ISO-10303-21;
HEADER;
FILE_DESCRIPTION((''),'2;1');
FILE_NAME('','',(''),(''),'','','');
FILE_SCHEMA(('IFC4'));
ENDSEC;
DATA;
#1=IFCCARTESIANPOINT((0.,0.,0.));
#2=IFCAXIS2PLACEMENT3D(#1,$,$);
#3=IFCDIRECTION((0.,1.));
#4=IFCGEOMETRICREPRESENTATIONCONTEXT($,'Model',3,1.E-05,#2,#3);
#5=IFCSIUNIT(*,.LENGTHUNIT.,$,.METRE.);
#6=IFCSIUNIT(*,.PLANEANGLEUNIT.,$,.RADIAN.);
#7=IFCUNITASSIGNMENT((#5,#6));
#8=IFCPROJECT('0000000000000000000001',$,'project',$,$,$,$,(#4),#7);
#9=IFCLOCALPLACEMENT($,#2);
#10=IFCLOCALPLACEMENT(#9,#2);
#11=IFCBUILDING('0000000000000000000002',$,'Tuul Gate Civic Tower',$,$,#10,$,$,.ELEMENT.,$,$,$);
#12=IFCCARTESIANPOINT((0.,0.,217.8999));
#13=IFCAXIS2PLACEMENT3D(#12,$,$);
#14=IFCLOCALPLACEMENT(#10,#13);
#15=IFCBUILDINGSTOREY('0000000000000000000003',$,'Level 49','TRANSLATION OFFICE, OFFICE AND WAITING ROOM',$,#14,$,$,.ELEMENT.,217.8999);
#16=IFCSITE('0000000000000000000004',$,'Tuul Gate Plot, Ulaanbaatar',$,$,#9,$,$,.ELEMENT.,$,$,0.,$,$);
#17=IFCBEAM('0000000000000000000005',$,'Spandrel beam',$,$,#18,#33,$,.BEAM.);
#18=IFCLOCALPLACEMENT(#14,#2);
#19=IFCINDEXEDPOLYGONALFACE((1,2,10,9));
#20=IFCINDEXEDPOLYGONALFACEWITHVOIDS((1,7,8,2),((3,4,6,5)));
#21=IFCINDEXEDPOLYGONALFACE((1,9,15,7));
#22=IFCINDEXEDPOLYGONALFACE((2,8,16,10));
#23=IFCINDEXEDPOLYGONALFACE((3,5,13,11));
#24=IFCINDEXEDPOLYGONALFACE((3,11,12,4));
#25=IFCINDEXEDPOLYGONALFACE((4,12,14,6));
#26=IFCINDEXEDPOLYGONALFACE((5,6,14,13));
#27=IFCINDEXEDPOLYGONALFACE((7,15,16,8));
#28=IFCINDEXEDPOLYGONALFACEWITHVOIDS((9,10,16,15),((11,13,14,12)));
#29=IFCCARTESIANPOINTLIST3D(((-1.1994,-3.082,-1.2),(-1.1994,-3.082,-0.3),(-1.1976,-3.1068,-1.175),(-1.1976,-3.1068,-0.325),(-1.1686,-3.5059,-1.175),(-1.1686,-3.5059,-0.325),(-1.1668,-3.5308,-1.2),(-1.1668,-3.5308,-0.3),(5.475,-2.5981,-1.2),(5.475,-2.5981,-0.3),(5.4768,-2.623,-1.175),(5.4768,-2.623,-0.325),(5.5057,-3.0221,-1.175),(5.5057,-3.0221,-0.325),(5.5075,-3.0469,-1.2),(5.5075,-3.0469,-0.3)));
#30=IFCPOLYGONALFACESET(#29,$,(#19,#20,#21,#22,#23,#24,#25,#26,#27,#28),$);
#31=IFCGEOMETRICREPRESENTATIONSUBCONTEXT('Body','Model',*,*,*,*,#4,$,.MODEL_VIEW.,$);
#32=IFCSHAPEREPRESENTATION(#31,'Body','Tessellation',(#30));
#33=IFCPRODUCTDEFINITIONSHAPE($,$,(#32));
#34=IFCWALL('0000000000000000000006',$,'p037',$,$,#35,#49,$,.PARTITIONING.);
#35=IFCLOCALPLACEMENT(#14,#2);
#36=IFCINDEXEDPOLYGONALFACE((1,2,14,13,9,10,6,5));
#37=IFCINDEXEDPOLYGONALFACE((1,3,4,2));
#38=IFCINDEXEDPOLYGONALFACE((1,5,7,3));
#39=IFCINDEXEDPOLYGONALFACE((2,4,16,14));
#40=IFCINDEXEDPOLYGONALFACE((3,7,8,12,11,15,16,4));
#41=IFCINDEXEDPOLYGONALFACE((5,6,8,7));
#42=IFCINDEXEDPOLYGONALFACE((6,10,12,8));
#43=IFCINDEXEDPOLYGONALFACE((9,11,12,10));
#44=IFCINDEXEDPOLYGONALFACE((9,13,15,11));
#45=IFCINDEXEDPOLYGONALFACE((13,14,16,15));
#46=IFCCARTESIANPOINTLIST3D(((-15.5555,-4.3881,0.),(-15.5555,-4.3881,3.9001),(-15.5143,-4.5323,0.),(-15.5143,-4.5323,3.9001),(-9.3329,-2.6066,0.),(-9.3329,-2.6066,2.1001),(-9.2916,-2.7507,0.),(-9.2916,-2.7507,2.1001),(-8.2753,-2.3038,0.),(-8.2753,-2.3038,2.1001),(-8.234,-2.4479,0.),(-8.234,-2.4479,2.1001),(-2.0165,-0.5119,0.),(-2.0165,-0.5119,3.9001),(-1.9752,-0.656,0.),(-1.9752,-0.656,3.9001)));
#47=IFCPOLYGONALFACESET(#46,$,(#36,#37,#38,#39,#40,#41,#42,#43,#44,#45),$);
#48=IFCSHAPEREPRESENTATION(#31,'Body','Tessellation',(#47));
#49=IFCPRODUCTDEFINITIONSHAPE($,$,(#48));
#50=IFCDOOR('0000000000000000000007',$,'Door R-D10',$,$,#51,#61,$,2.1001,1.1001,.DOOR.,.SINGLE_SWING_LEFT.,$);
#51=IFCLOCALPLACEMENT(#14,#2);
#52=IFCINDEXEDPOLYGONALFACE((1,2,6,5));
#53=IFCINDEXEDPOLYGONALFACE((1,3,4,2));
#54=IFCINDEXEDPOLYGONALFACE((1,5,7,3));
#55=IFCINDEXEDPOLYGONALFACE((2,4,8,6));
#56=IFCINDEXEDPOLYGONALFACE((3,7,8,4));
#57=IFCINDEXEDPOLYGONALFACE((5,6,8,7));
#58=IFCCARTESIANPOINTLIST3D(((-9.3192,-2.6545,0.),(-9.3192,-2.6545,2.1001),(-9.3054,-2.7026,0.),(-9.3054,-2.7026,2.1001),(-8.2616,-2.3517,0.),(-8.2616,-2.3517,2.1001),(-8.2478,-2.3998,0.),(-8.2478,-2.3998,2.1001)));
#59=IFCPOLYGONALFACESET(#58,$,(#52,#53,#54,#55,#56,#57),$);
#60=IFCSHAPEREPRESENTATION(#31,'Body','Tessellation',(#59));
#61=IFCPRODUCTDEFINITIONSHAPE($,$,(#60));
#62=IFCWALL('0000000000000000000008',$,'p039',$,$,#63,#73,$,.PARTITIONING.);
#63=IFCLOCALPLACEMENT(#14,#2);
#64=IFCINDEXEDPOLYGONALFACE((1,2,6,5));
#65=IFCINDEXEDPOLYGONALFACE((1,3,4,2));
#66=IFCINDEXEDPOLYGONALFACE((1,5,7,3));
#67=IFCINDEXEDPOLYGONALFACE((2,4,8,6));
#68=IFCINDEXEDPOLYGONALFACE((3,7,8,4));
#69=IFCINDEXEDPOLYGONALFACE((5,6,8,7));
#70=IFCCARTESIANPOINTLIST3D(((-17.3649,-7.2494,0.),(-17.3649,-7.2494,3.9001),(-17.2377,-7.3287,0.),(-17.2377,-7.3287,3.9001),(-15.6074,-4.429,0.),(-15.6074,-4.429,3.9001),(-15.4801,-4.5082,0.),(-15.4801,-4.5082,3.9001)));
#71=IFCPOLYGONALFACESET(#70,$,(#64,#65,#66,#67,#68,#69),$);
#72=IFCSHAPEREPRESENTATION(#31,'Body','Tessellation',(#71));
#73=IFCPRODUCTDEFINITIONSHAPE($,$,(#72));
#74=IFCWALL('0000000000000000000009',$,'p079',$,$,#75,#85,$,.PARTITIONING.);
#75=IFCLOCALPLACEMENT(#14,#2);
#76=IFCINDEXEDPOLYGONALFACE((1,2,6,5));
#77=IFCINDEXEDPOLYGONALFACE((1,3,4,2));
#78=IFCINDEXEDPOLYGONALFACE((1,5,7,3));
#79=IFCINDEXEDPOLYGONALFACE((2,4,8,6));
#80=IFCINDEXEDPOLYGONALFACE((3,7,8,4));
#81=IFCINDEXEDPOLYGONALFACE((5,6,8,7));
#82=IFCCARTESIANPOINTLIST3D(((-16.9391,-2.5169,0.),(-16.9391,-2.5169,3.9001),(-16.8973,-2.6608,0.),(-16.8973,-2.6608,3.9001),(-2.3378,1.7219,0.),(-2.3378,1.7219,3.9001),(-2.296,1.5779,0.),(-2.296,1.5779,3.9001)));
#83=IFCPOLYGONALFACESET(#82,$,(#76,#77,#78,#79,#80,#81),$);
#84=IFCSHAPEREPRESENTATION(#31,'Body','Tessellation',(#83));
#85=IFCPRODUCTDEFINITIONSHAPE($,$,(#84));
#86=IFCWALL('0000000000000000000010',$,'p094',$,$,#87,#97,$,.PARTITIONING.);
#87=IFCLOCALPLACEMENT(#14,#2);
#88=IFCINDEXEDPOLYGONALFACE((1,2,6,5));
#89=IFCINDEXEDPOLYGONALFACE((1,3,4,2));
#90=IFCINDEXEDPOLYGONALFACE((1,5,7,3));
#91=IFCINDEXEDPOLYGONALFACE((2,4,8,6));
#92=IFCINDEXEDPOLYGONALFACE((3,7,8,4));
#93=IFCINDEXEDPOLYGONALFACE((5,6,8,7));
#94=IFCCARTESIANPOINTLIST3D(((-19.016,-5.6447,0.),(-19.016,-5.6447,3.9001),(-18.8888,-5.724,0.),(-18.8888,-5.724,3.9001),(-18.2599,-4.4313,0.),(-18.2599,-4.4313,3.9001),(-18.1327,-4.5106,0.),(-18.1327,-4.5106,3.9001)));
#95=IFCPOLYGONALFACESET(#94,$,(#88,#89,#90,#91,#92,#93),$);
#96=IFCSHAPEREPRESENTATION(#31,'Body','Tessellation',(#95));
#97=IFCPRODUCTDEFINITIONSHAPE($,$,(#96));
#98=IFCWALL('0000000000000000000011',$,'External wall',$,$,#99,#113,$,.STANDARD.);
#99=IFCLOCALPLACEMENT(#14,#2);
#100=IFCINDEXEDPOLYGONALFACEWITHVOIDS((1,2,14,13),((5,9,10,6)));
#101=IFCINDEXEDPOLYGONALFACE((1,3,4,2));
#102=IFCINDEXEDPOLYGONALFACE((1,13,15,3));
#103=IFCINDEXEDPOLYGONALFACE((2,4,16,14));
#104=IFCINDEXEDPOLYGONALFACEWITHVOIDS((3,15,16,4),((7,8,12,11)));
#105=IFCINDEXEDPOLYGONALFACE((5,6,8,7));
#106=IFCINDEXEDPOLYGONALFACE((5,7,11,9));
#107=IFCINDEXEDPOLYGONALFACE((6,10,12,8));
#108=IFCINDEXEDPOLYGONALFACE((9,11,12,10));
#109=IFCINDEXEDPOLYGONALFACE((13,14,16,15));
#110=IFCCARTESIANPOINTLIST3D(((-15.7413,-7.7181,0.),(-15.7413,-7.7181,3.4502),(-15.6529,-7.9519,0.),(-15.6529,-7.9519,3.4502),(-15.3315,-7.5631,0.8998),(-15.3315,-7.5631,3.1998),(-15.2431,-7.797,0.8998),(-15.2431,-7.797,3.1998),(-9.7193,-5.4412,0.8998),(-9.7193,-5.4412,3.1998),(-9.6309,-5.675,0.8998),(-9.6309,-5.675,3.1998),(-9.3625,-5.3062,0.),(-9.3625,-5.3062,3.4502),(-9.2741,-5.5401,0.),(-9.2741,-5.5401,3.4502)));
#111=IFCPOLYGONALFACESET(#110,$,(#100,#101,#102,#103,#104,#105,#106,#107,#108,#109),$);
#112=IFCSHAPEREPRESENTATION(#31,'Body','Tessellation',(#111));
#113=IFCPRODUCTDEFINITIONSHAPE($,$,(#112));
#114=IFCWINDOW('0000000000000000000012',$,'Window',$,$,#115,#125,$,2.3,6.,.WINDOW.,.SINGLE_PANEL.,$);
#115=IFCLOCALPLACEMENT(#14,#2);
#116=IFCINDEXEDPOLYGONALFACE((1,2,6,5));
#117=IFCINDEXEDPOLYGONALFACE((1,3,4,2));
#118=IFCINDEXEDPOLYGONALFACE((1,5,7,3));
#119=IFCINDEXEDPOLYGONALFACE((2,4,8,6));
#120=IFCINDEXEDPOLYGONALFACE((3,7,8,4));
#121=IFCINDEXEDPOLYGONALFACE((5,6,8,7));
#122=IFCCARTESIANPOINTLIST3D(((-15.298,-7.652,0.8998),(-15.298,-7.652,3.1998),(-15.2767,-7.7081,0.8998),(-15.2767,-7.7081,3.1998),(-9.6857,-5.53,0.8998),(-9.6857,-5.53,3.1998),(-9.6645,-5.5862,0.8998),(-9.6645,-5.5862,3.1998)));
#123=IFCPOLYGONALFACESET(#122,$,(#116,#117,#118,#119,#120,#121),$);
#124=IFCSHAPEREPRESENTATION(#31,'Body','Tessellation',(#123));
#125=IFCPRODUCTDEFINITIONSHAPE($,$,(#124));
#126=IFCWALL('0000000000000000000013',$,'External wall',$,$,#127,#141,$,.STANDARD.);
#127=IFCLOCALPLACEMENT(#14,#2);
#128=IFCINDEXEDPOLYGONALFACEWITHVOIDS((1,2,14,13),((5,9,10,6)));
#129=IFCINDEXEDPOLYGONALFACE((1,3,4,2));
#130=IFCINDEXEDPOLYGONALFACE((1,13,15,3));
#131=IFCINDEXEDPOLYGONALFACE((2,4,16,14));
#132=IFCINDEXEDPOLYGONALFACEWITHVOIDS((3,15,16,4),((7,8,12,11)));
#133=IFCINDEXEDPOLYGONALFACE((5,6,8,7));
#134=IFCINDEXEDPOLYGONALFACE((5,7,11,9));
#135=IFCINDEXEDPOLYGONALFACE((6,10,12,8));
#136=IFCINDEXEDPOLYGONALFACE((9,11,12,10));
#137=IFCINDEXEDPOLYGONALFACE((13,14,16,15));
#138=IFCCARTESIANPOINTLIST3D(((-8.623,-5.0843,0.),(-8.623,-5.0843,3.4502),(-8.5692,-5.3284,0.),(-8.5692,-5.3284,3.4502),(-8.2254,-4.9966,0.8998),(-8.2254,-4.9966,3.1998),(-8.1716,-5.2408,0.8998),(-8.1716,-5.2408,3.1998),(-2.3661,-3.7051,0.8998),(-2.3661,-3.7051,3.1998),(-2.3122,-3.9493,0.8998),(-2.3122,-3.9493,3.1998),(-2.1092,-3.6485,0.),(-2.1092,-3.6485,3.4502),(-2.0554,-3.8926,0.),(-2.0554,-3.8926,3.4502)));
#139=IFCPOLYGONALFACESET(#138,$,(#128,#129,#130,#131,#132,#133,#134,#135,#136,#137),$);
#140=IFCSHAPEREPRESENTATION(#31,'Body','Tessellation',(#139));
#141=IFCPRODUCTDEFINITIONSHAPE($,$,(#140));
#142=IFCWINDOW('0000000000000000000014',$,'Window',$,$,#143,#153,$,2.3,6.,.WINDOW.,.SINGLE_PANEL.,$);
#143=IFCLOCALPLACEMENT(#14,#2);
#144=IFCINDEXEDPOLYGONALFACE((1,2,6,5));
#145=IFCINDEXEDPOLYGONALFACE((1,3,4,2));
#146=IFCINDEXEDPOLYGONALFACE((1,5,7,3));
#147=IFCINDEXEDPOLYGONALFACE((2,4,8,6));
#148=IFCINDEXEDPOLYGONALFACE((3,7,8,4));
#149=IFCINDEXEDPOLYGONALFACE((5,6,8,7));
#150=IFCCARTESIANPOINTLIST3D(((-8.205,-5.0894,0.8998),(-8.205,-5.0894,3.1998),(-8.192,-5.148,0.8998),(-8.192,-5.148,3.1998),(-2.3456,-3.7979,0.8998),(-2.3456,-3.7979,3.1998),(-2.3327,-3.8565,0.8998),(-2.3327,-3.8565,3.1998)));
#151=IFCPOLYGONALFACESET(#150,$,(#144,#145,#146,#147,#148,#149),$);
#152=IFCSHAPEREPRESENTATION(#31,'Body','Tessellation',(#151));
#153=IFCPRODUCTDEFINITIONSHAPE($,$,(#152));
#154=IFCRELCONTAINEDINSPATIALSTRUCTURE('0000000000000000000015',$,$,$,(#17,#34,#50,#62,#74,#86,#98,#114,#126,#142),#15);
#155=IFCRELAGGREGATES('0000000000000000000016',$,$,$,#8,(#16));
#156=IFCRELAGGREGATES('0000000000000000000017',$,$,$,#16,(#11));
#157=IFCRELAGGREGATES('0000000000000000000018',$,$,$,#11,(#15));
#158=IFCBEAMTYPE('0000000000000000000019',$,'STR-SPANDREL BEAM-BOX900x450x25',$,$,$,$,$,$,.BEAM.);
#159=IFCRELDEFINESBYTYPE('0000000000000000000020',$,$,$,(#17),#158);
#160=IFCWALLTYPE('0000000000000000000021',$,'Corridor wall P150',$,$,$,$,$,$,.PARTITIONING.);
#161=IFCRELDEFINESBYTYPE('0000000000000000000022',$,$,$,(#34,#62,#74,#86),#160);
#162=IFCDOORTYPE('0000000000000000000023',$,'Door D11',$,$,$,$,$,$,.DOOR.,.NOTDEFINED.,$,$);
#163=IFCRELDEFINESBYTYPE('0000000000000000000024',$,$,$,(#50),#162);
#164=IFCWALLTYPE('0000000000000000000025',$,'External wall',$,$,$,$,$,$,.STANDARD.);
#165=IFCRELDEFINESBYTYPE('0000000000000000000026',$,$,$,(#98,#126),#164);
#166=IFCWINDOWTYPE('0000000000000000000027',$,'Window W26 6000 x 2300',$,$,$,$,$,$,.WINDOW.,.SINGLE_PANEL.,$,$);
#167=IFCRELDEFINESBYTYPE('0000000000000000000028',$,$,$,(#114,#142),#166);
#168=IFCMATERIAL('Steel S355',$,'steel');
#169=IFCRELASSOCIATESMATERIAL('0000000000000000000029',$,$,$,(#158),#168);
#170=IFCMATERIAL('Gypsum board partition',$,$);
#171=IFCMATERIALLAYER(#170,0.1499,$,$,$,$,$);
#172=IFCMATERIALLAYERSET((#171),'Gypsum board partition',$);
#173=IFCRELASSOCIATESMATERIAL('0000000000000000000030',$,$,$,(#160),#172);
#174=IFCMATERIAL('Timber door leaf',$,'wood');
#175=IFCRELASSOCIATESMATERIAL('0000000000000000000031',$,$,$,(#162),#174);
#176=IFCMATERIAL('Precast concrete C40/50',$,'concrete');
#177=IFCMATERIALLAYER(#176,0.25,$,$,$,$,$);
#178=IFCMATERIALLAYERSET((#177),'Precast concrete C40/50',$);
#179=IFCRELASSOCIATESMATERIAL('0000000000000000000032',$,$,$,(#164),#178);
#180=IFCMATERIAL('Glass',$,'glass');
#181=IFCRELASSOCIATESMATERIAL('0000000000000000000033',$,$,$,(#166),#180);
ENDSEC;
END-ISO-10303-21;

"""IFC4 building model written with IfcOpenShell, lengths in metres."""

from ifc_helpers import new_model, si_unit, direction, frame, frame_2d, origin, origin_2d, place, context, subcontext, project, spatial, rectangle, hollow_rectangle, extrude, material, layer, layer_set, material_profile, profile_set, type_object, element, fill, save


model = new_model("IFC4")

# Units and contexts
model_context = context("Model", 3, precision=1e-05, world=origin(), true_north=direction((0.0, 1.0)))
body_context = subcontext(model_context, "Body", "Model", "MODEL_VIEW")
ifc_project = project(units=[si_unit("LENGTHUNIT", "METRE"), si_unit("PLANEANGLEUNIT", "RADIAN")], contexts=[model_context])

# Site, building, storey
site_placement = place(None, origin())
site = spatial("IfcSite", under=ifc_project, at=site_placement, Name="Tuul Gate Plot, Ulaanbaatar", CompositionType="ELEMENT", RefElevation=0.0)
building_placement = place(site_placement, origin())
building = spatial("IfcBuilding", under=site, at=building_placement, Name="Tuul Gate Civic Tower", CompositionType="ELEMENT")
storey_placement = place(building_placement, frame((0.0, 0.0, 217.8999)))
storey = spatial("IfcBuildingStorey", under=building, at=storey_placement, Name="Level 49", Description="TRANSLATION OFFICE, OFFICE AND WAITING ROOM", CompositionType="ELEMENT", Elevation=217.8999)

# Beam
ifc_material_1 = material(Name="Steel S355", Category="steel")
ifc_material_profile_1 = material_profile(ifc_material_1, hollow_rectangle(XDim=0.45, YDim=0.8999, WallThickness=0.0249, at=origin_2d()), Name="BOX900x450x25")
ifc_profile_set_1 = profile_set([ifc_material_profile_1], Name="Steel S355")
beam_type_1 = type_object("IfcBeamType", Name="STR-SPANDREL BEAM-BOX900x450x25", PredefinedType="BEAM", material=ifc_profile_set_1)
for number, where, z_axis, x_axis, name in (
    (1, (-1.1831, -3.3064, -0.75), (0.997382, 0.07231, 0.0), (-0.07231, 0.997382, 0.0), "Spandrel beam"),
):
    element("IfcBeam", number, at=place(storey_placement, frame(where, z_axis=z_axis, x_axis=x_axis)), inside=storey, type_object=beam_type_1, Name=name, PredefinedType="BEAM", context=body_context, shape_type="SweptSolid", body=[
        extrude(hollow_rectangle(XDim=0.45, YDim=0.8999, WallThickness=0.0249, at=origin_2d()), origin(), (0.0, 0.0, 1.0), 6.6919),
    ])

# Wall, opening, door
ifc_material_2 = material(Name="Gypsum board partition")
ifc_layer_1 = layer(ifc_material_2, 0.1499)
ifc_layer_set_1 = layer_set([ifc_layer_1], Name="Gypsum board partition")
wall_type_1 = type_object("IfcWallType", Name="Corridor wall P150", PredefinedType="PARTITIONING", material=ifc_layer_set_1)
wall_1_placement = place(storey_placement, frame((-15.5349, -4.4602, 0.0), z_axis=(0.0, 0.0, 1.0), x_axis=(0.961375, 0.275241, 0.0)))
wall_1 = element("IfcWall", 2, at=wall_1_placement, inside=storey, type_object=wall_type_1, Name="p037", PredefinedType="PARTITIONING", context=body_context, shape_type="SweptSolid", body=[
    extrude(rectangle(XDim=14.083, YDim=0.1499, at=frame_2d((7.0415, 0.0))), origin(), (0.0, 0.0, 1.0), 3.9001),
])
opening_1_placement = place(wall_1_placement, frame((6.4727, 0.0, 0.0)))
opening_1 = element("IfcOpeningElement", 3, at=opening_1_placement, cuts=wall_1, PredefinedType="OPENING", context=body_context, shape_type="SweptSolid", body=[
    extrude(rectangle(XDim=1.1001, YDim=2.1001, at=frame_2d((0.55, 1.05))), frame((0.0, 0.085, 0.0), z_axis=(0.0, -1.0, 0.0), x_axis=(1.0, 0.0, 0.0)), (0.0, 0.0, 1.0), 0.1699),
])
ifc_material_3 = material(Name="Timber door leaf", Category="wood")
door_type = type_object("IfcDoorType", Name="Door D11", OperationType="NOTDEFINED", PredefinedType="DOOR", material=ifc_material_3)
door_placement = place(opening_1_placement, frame((1.1001, 0.0, 0.0), z_axis=(0.0, 0.0, 1.0), x_axis=(-1.0, 0.0, 0.0)))
door = element("IfcDoor", 4, at=door_placement, inside=storey, type_object=door_type, Name="Door R-D10", OperationType="SINGLE_SWING_LEFT", OverallHeight=2.1001, OverallWidth=1.1001, PredefinedType="DOOR", context=body_context, shape_type="SweptSolid", body=[
    extrude(rectangle(XDim=1.1001, YDim=2.1001, at=frame_2d((0.55, 1.05))), frame((0.0, 0.0249, 0.0), z_axis=(0.0, -1.0, 0.0), x_axis=(1.0, 0.0, 0.0)), (0.0, 0.0, 1.0), 0.05),
])
fill(opening_1, door)

# Walls
wall_2_placement = place(storey_placement, frame((-17.3013, -7.2891, 0.0), z_axis=(0.0, 0.0, 1.0), x_axis=(0.528856, 0.848712, 0.0)))
element("IfcWall", 5, at=wall_2_placement, inside=storey, type_object=wall_type_1, Name="p039", PredefinedType="PARTITIONING", context=body_context, shape_type="SweptSolid", body=[
    extrude(rectangle(XDim=3.3232, YDim=0.1499, at=frame_2d((1.6616, 0.0))), origin(), (0.0, 0.0, 1.0), 3.9001),
])
wall_3_placement = place(storey_placement, frame((-16.9182, -2.5889, 0.0), z_axis=(0.0, 0.0, 1.0), x_axis=(0.960352, 0.278791, 0.0)))
element("IfcWall", 6, at=wall_3_placement, inside=storey, type_object=wall_type_1, Name="p079", PredefinedType="PARTITIONING", context=body_context, shape_type="SweptSolid", body=[
    extrude(rectangle(XDim=15.2041, YDim=0.1499, at=frame_2d((7.6021, 0.0))), origin(), (0.0, 0.0, 1.0), 3.9001),
])
wall_4_placement = place(storey_placement, frame((-18.9524, -5.6843, 0.0), z_axis=(0.0, 0.0, 1.0), x_axis=(0.528863, 0.848707, 0.0)))
element("IfcWall", 7, at=wall_4_placement, inside=storey, type_object=wall_type_1, Name="p094", PredefinedType="PARTITIONING", context=body_context, shape_type="SweptSolid", body=[
    extrude(rectangle(XDim=1.4297, YDim=0.1499, at=frame_2d((0.7148, 0.0))), origin(), (0.0, 0.0, 1.0), 3.9001),
])

# Walls, openings, windows
ifc_material_4 = material(Name="Precast concrete C40/50", Category="concrete")
ifc_layer_2 = layer(ifc_material_4, 0.25)
ifc_layer_set_2 = layer_set([ifc_layer_2], Name="Precast concrete C40/50")
wall_type_2 = type_object("IfcWallType", Name="External wall", PredefinedType="STANDARD", material=ifc_layer_set_2)
wall_5_placement = place(storey_placement, frame((-15.697, -7.835, 0.0), z_axis=(0.0, 0.0, 1.0), x_axis=(0.935372, 0.353664, 0.0)))
wall_5 = element("IfcWall", 8, at=wall_5_placement, inside=storey, type_object=wall_type_2, Name="External wall", PredefinedType="STANDARD", context=body_context, shape_type="SweptSolid", body=[
    extrude(rectangle(XDim=6.8196, YDim=0.25, at=frame_2d((3.4097, 0.0))), origin(), (0.0, 0.0, 1.0), 3.4502),
])
opening_2_placement = place(wall_5_placement, frame((0.438, 0.0, 0.8999)))
opening_2 = element("IfcOpeningElement", 9, at=opening_2_placement, cuts=wall_5, PredefinedType="OPENING", context=body_context, shape_type="SweptSolid", body=[
    extrude(rectangle(XDim=6.0, YDim=2.3, at=frame_2d((3.0, 1.1499))), frame((0.0, 0.135, 0.0), z_axis=(0.0, -1.0, 0.0), x_axis=(1.0, 0.0, 0.0)), (0.0, 0.0, 1.0), 0.27),
])
ifc_material_5 = material(Name="Glass", Category="glass")
window_type = type_object("IfcWindowType", Name="Window W26 6000 x 2300", PartitioningType="SINGLE_PANEL", PredefinedType="WINDOW", material=ifc_material_5)
window_1_placement = place(opening_2_placement, origin())
window_1 = element("IfcWindow", 10, at=window_1_placement, inside=storey, type_object=window_type, Name="Window", OverallHeight=2.3, OverallWidth=6.0, PartitioningType="SINGLE_PANEL", PredefinedType="WINDOW", context=body_context, shape_type="SweptSolid", body=[
    extrude(rectangle(XDim=6.0, YDim=2.3, at=frame_2d((3.0, 1.1499))), frame((0.0, 0.03, 0.0), z_axis=(0.0, -1.0, 0.0), x_axis=(1.0, 0.0, 0.0)), (0.0, 0.0, 1.0), 0.0601),
])
fill(opening_2, window_1)
wall_6_placement = place(storey_placement, frame((-8.5959, -5.2063, 0.0), z_axis=(0.0, 0.0, 1.0), x_axis=(0.976559, 0.215252, 0.0)))
wall_6 = element("IfcWall", 11, at=wall_6_placement, inside=storey, type_object=wall_type_2, Name="External wall", PredefinedType="STANDARD", context=body_context, shape_type="SweptSolid", body=[
    extrude(rectangle(XDim=6.6702, YDim=0.25, at=frame_2d((3.335, 0.0))), origin(), (0.0, 0.0, 1.0), 3.4502),
])
opening_3_placement = place(wall_6_placement, frame((0.407, 0.0, 0.8999)))
opening_3 = element("IfcOpeningElement", 12, at=opening_3_placement, cuts=wall_6, PredefinedType="OPENING", context=body_context, shape_type="SweptSolid", body=[
    extrude(rectangle(XDim=6.0, YDim=2.3, at=frame_2d((3.0, 1.1499))), frame((0.0, 0.135, 0.0), z_axis=(0.0, -1.0, 0.0), x_axis=(1.0, 0.0, 0.0)), (0.0, 0.0, 1.0), 0.27),
])
window_2_placement = place(opening_3_placement, origin())
window_2 = element("IfcWindow", 13, at=window_2_placement, inside=storey, type_object=window_type, Name="Window", OverallHeight=2.3, OverallWidth=6.0, PartitioningType="SINGLE_PANEL", PredefinedType="WINDOW", context=body_context, shape_type="SweptSolid", body=[
    extrude(rectangle(XDim=6.0, YDim=2.3, at=frame_2d((3.0, 1.1499))), frame((0.0, 0.03, 0.0), z_axis=(0.0, -1.0, 0.0), x_axis=(1.0, 0.0, 0.0)), (0.0, 0.0, 1.0), 0.0601),
])
fill(opening_3, window_2)

save(model, "model.ifc")
